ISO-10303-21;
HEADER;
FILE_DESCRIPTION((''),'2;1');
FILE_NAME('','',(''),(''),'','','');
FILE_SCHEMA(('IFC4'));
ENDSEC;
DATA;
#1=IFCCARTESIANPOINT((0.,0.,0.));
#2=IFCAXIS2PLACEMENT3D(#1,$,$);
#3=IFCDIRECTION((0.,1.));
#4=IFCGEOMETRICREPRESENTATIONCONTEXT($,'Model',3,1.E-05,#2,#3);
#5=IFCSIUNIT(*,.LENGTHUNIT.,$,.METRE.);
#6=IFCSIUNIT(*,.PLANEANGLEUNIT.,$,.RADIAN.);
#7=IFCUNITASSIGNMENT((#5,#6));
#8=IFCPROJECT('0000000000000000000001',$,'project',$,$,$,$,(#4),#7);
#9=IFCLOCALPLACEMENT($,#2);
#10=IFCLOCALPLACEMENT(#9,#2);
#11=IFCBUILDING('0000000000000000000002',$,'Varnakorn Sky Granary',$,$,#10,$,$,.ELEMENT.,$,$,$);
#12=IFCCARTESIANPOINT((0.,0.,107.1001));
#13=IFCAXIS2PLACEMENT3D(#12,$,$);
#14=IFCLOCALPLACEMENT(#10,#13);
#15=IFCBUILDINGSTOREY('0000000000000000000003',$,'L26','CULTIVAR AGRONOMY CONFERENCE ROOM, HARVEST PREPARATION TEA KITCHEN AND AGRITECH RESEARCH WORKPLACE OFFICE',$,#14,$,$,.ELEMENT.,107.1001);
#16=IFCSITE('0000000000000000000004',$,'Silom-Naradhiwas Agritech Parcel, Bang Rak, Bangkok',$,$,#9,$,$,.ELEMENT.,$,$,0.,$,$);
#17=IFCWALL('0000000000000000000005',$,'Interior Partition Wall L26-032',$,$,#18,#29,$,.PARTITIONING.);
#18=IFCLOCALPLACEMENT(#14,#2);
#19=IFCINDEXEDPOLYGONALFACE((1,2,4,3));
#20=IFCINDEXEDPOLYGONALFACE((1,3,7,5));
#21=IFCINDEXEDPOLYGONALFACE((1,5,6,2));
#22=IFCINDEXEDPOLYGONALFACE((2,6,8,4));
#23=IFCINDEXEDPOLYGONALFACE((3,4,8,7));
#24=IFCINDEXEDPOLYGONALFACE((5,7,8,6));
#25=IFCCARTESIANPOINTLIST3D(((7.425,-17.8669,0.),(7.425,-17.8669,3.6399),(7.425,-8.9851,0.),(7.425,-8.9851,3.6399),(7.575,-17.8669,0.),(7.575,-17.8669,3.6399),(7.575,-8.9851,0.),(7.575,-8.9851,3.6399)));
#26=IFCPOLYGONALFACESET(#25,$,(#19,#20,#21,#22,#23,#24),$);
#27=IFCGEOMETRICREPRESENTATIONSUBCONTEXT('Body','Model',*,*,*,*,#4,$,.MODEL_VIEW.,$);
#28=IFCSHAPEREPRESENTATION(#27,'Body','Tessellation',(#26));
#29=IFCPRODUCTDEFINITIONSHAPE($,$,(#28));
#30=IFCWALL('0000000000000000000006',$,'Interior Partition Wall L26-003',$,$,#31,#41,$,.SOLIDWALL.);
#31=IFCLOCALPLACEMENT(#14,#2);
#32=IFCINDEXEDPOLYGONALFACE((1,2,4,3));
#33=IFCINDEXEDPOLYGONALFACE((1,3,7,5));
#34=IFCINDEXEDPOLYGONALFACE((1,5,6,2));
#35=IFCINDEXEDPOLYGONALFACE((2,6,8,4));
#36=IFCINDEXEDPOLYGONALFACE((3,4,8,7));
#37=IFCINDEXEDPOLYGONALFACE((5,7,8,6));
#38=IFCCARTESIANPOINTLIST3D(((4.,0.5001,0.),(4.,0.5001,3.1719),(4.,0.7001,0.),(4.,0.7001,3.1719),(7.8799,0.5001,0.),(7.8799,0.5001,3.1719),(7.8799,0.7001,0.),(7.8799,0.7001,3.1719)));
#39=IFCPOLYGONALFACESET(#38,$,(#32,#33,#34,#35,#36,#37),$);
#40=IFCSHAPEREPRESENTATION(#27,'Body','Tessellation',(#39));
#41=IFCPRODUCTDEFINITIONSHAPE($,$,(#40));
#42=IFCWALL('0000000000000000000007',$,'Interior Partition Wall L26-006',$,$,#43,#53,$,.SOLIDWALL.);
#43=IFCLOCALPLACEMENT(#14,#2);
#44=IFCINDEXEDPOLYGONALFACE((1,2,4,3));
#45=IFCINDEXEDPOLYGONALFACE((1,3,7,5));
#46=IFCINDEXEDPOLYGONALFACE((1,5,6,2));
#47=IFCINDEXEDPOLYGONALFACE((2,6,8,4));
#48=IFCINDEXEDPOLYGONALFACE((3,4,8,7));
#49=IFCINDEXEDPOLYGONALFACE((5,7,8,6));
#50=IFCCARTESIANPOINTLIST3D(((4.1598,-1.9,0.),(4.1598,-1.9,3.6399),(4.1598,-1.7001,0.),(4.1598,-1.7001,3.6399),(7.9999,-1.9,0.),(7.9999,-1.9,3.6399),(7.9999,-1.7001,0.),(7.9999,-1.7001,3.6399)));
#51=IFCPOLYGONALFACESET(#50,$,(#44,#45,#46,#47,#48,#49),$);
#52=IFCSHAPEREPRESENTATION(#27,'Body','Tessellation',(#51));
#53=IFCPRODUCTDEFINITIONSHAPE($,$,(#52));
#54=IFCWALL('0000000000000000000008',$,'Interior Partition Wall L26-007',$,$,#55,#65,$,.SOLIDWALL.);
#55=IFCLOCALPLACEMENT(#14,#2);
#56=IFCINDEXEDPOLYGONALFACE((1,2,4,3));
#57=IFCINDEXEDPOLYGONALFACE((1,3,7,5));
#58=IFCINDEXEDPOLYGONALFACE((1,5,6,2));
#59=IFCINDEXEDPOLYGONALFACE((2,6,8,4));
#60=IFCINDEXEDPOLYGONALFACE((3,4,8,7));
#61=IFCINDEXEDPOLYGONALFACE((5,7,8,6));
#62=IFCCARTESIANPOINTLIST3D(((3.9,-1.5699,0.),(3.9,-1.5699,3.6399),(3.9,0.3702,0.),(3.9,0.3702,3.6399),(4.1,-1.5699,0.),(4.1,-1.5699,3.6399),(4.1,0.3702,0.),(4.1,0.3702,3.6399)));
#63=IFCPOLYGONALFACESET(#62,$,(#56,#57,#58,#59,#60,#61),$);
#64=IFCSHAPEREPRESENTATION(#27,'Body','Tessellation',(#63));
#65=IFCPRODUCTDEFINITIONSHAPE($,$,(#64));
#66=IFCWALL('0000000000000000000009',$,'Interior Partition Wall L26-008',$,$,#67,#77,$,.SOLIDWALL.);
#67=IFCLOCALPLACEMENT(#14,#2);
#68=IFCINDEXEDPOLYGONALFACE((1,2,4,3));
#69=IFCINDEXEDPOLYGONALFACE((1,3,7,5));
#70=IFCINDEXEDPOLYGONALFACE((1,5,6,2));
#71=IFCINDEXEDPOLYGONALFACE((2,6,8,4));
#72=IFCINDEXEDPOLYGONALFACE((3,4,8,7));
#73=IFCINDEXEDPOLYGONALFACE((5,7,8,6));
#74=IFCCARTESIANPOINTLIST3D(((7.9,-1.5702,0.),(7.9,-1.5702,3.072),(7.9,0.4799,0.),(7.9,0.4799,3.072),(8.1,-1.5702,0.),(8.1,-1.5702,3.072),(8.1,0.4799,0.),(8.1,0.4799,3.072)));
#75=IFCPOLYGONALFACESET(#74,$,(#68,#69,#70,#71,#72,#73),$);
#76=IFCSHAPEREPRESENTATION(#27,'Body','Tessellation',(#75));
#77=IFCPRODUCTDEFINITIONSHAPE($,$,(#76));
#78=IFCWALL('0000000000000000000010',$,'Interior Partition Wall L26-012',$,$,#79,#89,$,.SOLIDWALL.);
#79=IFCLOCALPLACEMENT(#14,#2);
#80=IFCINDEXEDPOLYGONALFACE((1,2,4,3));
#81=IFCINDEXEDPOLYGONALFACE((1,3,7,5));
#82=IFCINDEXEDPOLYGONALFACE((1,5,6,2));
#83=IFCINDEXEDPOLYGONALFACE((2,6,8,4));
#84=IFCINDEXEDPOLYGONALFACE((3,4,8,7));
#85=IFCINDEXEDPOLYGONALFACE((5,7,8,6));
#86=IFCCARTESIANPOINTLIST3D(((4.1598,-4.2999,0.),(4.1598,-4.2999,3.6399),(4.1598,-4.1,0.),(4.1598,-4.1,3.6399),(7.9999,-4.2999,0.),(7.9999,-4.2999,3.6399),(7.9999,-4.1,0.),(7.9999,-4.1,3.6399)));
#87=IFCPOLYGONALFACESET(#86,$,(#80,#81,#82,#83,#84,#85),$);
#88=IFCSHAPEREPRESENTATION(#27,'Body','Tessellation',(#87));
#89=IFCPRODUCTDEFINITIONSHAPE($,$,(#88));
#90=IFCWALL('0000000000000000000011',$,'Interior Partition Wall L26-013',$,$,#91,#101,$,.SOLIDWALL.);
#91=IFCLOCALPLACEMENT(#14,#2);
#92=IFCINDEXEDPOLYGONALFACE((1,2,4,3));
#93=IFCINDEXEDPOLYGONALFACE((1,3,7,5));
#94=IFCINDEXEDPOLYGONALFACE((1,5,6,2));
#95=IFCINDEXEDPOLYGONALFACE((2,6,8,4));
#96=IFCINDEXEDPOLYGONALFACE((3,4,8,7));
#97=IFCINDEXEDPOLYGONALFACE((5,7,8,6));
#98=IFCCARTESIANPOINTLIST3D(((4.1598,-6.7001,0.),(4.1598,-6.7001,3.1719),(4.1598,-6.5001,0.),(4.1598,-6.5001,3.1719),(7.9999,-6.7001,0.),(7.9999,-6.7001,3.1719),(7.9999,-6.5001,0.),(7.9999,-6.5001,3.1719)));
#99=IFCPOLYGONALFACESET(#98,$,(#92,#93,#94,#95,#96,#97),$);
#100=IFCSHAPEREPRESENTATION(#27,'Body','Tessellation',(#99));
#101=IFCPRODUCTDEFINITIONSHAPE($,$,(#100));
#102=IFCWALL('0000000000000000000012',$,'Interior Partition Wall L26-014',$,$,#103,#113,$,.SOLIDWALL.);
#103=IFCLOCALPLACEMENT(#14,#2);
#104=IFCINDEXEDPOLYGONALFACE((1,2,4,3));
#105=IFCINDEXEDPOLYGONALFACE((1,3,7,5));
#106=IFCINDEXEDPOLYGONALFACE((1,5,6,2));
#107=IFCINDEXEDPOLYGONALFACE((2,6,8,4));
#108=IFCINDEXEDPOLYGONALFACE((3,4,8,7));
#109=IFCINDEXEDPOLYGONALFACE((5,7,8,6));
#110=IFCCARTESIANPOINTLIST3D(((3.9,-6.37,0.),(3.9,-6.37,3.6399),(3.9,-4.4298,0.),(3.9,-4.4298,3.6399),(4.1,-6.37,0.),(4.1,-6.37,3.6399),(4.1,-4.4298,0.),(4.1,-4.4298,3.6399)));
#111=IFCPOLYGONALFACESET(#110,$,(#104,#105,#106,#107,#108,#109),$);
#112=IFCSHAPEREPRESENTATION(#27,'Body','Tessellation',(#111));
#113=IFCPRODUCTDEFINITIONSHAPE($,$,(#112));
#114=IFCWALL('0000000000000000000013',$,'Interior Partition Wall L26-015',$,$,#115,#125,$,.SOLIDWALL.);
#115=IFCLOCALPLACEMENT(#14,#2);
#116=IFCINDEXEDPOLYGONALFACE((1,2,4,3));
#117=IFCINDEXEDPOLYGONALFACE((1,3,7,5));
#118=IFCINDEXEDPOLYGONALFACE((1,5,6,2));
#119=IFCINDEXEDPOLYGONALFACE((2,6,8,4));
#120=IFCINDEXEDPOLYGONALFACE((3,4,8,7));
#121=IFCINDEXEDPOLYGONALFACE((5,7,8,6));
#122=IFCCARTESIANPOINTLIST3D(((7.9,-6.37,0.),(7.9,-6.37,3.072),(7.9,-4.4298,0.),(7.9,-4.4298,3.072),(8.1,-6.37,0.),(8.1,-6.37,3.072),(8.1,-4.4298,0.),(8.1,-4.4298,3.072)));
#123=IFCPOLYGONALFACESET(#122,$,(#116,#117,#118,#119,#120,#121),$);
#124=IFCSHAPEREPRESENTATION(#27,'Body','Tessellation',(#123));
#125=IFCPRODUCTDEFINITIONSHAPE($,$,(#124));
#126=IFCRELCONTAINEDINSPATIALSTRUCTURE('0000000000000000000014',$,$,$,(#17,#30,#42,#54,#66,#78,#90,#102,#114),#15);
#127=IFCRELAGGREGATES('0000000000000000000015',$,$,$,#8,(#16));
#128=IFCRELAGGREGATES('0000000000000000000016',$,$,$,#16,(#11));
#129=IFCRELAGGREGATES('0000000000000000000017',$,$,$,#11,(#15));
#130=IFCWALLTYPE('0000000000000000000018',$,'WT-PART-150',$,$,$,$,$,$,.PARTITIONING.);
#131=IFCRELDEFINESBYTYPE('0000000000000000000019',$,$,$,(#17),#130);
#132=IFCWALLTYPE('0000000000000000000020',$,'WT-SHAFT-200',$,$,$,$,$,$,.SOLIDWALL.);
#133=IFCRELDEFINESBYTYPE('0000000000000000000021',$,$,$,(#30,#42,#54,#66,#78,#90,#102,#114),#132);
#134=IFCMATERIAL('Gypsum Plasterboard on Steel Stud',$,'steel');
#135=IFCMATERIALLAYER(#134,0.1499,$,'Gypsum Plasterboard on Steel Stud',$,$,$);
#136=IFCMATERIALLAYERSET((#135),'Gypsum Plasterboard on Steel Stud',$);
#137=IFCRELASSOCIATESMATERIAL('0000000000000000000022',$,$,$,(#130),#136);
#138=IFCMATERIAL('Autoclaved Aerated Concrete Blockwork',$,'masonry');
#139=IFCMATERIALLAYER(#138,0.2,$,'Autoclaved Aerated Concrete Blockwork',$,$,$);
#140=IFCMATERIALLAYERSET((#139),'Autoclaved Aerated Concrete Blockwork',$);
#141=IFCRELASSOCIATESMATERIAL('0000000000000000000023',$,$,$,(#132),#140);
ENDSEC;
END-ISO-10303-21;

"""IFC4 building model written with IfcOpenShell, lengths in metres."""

from ifc_helpers import new_model, si_unit, direction, frame, frame_2d, origin, place, context, subcontext, project, spatial, rectangle, extrude, material, layer, layer_set, type_object, element, save


model = new_model("IFC4")

# Units and contexts
model_context = context("Model", 3, precision=1e-05, world=origin(), true_north=direction((0.0, 1.0)))
body_context = subcontext(model_context, "Body", "Model", "MODEL_VIEW")
ifc_project = project(units=[si_unit("LENGTHUNIT", "METRE"), si_unit("PLANEANGLEUNIT", "RADIAN")], contexts=[model_context])

# Site, building, storey
site_placement = place(None, origin())
site = spatial("IfcSite", under=ifc_project, at=site_placement, Name="Silom-Naradhiwas Agritech Parcel, Bang Rak, Bangkok", CompositionType="ELEMENT", RefElevation=0.0)
building_placement = place(site_placement, origin())
building = spatial("IfcBuilding", under=site, at=building_placement, Name="Varnakorn Sky Granary", CompositionType="ELEMENT")
storey_placement = place(building_placement, frame((0.0, 0.0, 107.1001)))
storey = spatial("IfcBuildingStorey", under=building, at=storey_placement, Name="L26", Description="CULTIVAR AGRONOMY CONFERENCE ROOM, HARVEST PREPARATION TEA KITCHEN AND AGRITECH RESEARCH WORKPLACE OFFICE", CompositionType="ELEMENT", Elevation=107.1001)

# Shared definitions
ifc_material_1 = material(Name="Autoclaved Aerated Concrete Blockwork", Category="masonry")
ifc_material_2 = material(Name="Gypsum Plasterboard on Steel Stud", Category="steel")
ifc_layer_1 = layer(ifc_material_2, 0.1499, Name="Gypsum Plasterboard on Steel Stud")
ifc_layer_set_1 = layer_set([ifc_layer_1], Name="Gypsum Plasterboard on Steel Stud")
wall_type_1 = type_object("IfcWallType", Name="WT-PART-150", PredefinedType="PARTITIONING", material=ifc_layer_set_1)

# Walls
wall_1_placement = place(storey_placement, frame((7.5, -8.9851, 0.0), z_axis=(0.0, 0.0, 1.0), x_axis=(0.0, -1.0, 0.0)))
element("IfcWall", 1, at=wall_1_placement, inside=storey, type_object=wall_type_1, Name="Interior Partition Wall L26-032", PredefinedType="PARTITIONING", context=body_context, shape_type="SweptSolid", body=[
    extrude(rectangle(XDim=8.8818, YDim=0.1499, at=frame_2d((4.4409, 0.0))), origin(), (0.0, 0.0, 1.0), 3.6399),
])
ifc_layer_2 = layer(ifc_material_1, 0.2, Name="Autoclaved Aerated Concrete Blockwork")
ifc_layer_set_2 = layer_set([ifc_layer_2], Name="Autoclaved Aerated Concrete Blockwork")
wall_type_2 = type_object("IfcWallType", Name="WT-SHAFT-200", PredefinedType="SOLIDWALL", material=ifc_layer_set_2)
wall_2_placement = place(storey_placement, frame((4.0, 0.6001, 0.0), z_axis=(0.0, 0.0, 1.0), x_axis=(1.0, 0.0, 0.0)))
element("IfcWall", 2, at=wall_2_placement, inside=storey, type_object=wall_type_2, Name="Interior Partition Wall L26-003", PredefinedType="SOLIDWALL", context=body_context, shape_type="SweptSolid", body=[
    extrude(rectangle(XDim=3.8799, YDim=0.2, at=frame_2d((1.9399, 0.0))), origin(), (0.0, 0.0, 1.0), 3.1719),
])
wall_3_placement = place(storey_placement, frame((4.1599, -1.8, 0.0), z_axis=(0.0, 0.0, 1.0), x_axis=(1.0, 0.0, 0.0)))
element("IfcWall", 3, at=wall_3_placement, inside=storey, type_object=wall_type_2, Name="Interior Partition Wall L26-006", PredefinedType="SOLIDWALL", context=body_context, shape_type="SweptSolid", body=[
    extrude(rectangle(XDim=3.8401, YDim=0.2, at=frame_2d((1.9199, 0.0))), origin(), (0.0, 0.0, 1.0), 3.6399),
])
wall_4_placement = place(storey_placement, frame((4.0, -1.5701, 0.0), z_axis=(0.0, 0.0, 1.0), x_axis=(0.0, 1.0, 0.0)))
element("IfcWall", 4, at=wall_4_placement, inside=storey, type_object=wall_type_2, Name="Interior Partition Wall L26-007", PredefinedType="SOLIDWALL", context=body_context, shape_type="SweptSolid", body=[
    extrude(rectangle(XDim=1.9402, YDim=0.2, at=frame_2d((0.9702, 0.0))), origin(), (0.0, 0.0, 1.0), 3.6399),
])
wall_5_placement = place(storey_placement, frame((8.0, -1.5701, 0.0), z_axis=(0.0, 0.0, 1.0), x_axis=(0.0, 1.0, 0.0)))
element("IfcWall", 5, at=wall_5_placement, inside=storey, type_object=wall_type_2, Name="Interior Partition Wall L26-008", PredefinedType="SOLIDWALL", context=body_context, shape_type="SweptSolid", body=[
    extrude(rectangle(XDim=2.05, YDim=0.2, at=frame_2d((1.0249, 0.0))), origin(), (0.0, 0.0, 1.0), 3.072),
])
wall_6_placement = place(storey_placement, frame((4.1599, -4.2, 0.0), z_axis=(0.0, 0.0, 1.0), x_axis=(1.0, 0.0, 0.0)))
element("IfcWall", 6, at=wall_6_placement, inside=storey, type_object=wall_type_2, Name="Interior Partition Wall L26-012", PredefinedType="SOLIDWALL", context=body_context, shape_type="SweptSolid", body=[
    extrude(rectangle(XDim=3.8401, YDim=0.2, at=frame_2d((1.9199, 0.0))), origin(), (0.0, 0.0, 1.0), 3.6399),
])
wall_7_placement = place(storey_placement, frame((4.1599, -6.6001, 0.0), z_axis=(0.0, 0.0, 1.0), x_axis=(1.0, 0.0, 0.0)))
element("IfcWall", 7, at=wall_7_placement, inside=storey, type_object=wall_type_2, Name="Interior Partition Wall L26-013", PredefinedType="SOLIDWALL", context=body_context, shape_type="SweptSolid", body=[
    extrude(rectangle(XDim=3.8401, YDim=0.2, at=frame_2d((1.9199, 0.0))), origin(), (0.0, 0.0, 1.0), 3.1719),
])
wall_8_placement = place(storey_placement, frame((4.0, -6.3701, 0.0), z_axis=(0.0, 0.0, 1.0), x_axis=(0.0, 1.0, 0.0)))
element("IfcWall", 8, at=wall_8_placement, inside=storey, type_object=wall_type_2, Name="Interior Partition Wall L26-014", PredefinedType="SOLIDWALL", context=body_context, shape_type="SweptSolid", body=[
    extrude(rectangle(XDim=1.9402, YDim=0.2, at=frame_2d((0.9702, 0.0))), origin(), (0.0, 0.0, 1.0), 3.6399),
])
wall_9_placement = place(storey_placement, frame((8.0, -6.3701, 0.0), z_axis=(0.0, 0.0, 1.0), x_axis=(0.0, 1.0, 0.0)))
element("IfcWall", 9, at=wall_9_placement, inside=storey, type_object=wall_type_2, Name="Interior Partition Wall L26-015", PredefinedType="SOLIDWALL", context=body_context, shape_type="SweptSolid", body=[
    extrude(rectangle(XDim=1.9402, YDim=0.2, at=frame_2d((0.9702, 0.0))), origin(), (0.0, 0.0, 1.0), 3.072),
])

save(model, "model.ifc")
